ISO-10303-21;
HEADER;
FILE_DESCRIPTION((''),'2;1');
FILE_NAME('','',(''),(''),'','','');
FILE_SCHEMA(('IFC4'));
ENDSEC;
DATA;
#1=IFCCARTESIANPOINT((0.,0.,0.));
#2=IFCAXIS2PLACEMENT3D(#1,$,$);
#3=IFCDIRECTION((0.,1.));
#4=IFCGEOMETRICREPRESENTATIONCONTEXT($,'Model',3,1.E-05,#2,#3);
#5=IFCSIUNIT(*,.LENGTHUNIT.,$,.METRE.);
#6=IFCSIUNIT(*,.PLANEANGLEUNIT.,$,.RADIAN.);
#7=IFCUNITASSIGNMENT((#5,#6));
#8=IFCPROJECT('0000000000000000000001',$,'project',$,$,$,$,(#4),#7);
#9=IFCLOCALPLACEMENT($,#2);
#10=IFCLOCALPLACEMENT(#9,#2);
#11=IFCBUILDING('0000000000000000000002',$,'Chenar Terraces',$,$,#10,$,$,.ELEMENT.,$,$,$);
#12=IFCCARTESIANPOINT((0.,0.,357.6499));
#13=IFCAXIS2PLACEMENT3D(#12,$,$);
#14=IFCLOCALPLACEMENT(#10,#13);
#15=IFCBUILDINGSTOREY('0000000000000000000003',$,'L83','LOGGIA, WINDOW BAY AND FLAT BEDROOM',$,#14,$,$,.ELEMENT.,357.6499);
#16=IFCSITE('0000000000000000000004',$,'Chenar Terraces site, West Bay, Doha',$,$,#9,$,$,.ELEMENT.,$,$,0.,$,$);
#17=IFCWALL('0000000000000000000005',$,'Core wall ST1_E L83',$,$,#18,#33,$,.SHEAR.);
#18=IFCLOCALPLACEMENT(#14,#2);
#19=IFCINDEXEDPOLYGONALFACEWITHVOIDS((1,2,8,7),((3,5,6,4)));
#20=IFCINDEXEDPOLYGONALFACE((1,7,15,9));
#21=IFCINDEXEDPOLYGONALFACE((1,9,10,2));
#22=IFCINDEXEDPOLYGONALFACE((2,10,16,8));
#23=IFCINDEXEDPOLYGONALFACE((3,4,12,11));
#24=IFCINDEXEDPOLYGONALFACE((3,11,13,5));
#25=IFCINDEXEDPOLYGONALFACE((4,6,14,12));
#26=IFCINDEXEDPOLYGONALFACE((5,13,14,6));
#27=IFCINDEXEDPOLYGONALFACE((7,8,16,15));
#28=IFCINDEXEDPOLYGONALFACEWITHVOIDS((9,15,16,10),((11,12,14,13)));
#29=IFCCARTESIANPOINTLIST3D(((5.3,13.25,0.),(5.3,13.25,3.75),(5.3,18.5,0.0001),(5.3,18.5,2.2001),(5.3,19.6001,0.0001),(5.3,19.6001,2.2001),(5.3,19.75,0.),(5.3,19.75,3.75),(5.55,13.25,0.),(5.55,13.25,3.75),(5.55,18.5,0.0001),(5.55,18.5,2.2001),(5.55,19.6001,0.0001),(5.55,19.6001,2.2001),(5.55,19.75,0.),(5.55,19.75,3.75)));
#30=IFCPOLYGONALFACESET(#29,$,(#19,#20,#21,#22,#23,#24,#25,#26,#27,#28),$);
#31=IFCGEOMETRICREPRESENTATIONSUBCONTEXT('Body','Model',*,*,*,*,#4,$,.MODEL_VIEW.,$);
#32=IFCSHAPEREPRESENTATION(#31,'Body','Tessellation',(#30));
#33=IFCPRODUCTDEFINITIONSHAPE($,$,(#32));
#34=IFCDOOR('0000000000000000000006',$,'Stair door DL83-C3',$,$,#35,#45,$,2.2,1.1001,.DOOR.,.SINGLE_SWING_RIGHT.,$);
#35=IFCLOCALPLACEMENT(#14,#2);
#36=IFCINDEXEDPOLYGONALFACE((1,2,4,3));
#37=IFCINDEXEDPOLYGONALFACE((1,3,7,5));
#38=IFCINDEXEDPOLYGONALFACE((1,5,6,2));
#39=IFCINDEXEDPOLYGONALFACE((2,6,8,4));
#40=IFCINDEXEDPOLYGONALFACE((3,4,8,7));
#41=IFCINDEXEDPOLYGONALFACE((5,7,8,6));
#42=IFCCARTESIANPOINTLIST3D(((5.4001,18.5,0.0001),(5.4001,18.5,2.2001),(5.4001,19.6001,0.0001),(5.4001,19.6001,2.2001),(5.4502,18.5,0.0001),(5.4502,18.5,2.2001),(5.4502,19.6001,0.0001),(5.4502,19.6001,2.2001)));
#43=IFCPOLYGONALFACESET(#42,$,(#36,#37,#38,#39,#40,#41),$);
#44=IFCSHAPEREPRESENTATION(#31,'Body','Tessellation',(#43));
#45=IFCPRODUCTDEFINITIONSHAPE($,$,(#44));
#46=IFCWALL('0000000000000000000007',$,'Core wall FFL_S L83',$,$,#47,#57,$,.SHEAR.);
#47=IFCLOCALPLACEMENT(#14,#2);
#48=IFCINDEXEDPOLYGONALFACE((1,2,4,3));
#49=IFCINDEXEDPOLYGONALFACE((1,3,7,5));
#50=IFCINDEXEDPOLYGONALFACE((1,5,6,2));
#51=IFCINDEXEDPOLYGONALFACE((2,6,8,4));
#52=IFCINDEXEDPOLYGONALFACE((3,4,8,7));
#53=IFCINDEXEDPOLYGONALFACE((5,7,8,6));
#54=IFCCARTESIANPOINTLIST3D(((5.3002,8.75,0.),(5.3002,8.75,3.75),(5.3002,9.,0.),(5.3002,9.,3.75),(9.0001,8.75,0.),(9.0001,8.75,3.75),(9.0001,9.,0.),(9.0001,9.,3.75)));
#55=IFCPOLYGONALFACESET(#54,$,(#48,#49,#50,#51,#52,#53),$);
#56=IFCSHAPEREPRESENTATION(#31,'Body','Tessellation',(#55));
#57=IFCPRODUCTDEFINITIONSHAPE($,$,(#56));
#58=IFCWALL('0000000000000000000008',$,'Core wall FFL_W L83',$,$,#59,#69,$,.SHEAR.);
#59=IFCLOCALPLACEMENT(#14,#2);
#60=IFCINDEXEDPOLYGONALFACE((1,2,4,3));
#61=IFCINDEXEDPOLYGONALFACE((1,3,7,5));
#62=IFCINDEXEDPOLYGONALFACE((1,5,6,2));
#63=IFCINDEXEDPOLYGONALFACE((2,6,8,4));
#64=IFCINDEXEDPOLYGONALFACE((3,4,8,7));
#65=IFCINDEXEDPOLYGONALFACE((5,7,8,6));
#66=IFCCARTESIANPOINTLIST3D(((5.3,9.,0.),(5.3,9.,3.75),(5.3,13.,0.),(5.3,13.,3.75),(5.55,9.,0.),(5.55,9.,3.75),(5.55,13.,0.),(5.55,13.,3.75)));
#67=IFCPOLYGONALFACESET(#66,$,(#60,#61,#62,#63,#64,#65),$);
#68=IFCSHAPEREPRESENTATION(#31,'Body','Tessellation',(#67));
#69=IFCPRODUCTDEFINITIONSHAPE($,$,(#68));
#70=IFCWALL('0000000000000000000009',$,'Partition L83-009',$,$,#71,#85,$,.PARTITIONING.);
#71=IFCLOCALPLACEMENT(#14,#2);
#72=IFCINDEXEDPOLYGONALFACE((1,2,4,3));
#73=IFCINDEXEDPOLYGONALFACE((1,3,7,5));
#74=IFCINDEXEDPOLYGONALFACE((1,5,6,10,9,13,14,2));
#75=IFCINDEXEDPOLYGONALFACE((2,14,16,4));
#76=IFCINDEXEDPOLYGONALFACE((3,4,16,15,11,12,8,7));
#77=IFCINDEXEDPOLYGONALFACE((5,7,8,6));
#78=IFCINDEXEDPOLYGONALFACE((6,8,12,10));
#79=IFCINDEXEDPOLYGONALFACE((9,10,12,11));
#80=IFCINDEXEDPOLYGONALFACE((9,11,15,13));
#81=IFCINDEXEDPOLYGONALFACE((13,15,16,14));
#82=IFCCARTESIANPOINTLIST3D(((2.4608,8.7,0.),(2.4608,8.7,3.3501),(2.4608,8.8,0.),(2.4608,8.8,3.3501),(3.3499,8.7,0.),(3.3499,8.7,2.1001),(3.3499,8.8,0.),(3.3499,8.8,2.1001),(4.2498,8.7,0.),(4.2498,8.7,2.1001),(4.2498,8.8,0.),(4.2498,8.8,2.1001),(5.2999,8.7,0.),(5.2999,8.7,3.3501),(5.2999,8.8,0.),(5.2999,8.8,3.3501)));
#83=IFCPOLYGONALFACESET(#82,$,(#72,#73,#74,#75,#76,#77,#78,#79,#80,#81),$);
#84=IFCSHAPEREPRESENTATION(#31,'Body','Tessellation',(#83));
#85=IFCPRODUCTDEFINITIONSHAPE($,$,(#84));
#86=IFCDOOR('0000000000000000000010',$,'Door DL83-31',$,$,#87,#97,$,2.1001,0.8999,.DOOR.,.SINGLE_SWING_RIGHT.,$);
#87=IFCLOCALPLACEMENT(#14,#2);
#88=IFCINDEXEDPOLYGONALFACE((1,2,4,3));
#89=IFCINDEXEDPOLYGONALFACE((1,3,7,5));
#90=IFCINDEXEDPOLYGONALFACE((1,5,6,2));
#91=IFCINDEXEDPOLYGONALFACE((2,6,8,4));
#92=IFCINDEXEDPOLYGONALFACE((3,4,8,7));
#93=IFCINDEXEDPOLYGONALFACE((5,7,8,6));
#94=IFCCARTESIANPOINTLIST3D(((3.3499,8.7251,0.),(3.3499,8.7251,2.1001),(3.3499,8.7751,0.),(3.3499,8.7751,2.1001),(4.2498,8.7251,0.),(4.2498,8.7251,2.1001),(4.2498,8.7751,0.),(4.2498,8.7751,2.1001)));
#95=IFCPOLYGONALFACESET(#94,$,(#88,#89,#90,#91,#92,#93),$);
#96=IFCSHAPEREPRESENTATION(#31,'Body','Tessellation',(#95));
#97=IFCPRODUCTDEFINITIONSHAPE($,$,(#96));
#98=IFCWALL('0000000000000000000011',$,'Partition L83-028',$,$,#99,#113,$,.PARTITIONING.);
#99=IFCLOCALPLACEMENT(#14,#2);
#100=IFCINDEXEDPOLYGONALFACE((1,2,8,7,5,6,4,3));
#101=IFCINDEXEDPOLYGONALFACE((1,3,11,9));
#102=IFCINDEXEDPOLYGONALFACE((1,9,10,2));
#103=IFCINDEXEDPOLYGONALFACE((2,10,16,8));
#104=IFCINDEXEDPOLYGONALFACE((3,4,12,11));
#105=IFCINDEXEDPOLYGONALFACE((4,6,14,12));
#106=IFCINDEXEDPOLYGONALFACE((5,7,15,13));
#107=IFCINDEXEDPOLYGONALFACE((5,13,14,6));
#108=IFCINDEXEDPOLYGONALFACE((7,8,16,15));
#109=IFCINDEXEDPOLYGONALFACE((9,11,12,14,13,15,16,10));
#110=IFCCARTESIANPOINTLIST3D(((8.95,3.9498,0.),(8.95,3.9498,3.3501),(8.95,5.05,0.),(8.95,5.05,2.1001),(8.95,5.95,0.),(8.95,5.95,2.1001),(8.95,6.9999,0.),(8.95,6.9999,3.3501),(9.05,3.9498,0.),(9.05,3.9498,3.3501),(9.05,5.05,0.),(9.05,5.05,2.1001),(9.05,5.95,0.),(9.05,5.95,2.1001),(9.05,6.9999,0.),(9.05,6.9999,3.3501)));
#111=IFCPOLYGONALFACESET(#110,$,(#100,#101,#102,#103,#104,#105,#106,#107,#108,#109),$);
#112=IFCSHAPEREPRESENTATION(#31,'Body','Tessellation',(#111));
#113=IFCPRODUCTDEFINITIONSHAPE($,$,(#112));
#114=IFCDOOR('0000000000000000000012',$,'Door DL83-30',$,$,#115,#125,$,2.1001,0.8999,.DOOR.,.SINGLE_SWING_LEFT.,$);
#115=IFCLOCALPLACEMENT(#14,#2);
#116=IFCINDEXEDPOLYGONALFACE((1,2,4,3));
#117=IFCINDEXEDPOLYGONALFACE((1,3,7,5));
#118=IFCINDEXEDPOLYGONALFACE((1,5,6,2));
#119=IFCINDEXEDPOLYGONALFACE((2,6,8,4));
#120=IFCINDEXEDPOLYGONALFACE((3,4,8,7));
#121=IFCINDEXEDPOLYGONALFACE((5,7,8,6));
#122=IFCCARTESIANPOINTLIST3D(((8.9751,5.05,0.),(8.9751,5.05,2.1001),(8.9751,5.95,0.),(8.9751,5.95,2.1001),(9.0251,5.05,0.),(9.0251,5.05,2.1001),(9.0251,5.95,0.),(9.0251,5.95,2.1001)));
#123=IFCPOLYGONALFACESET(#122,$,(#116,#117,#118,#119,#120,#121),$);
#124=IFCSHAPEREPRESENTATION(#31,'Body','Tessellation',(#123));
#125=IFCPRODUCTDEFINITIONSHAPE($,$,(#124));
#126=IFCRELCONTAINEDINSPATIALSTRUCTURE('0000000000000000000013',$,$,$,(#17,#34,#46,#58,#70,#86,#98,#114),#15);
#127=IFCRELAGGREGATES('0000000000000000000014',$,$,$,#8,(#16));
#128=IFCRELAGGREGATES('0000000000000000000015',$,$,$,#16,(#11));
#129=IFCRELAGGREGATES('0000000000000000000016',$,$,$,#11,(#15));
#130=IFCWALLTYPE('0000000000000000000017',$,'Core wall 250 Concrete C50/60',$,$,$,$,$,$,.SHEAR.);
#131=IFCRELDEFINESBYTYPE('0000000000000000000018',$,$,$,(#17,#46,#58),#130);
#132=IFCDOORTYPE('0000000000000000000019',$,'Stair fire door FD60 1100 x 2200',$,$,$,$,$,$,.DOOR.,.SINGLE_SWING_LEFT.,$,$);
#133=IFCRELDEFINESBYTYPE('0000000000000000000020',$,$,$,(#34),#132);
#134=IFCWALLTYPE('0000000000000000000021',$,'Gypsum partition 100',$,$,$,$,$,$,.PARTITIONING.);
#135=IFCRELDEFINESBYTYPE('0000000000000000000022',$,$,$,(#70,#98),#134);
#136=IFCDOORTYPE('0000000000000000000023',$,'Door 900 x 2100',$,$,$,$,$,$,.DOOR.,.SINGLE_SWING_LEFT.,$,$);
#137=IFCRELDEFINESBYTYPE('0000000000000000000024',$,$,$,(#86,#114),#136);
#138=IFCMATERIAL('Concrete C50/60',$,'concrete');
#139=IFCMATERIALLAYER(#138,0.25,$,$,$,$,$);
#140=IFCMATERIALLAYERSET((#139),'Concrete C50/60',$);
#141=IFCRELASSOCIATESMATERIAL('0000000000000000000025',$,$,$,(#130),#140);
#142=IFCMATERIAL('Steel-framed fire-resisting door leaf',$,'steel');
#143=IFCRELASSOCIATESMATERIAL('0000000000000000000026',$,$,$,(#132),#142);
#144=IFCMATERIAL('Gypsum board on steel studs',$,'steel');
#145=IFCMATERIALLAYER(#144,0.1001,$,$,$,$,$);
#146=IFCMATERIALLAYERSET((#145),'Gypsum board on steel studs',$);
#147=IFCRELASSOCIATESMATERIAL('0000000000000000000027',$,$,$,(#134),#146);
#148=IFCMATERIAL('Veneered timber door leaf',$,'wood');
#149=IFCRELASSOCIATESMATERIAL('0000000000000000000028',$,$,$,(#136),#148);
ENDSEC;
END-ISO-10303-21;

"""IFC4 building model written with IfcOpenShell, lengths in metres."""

from ifc_helpers import new_model, si_unit, direction, frame, frame_2d, origin, place, context, subcontext, project, spatial, rectangle, extrude, material, layer, layer_set, type_object, element, fill, save


model = new_model("IFC4")

# Units and contexts
model_context = context("Model", 3, precision=1e-05, world=origin(), true_north=direction((0.0, 1.0)))
body_context = subcontext(model_context, "Body", "Model", "MODEL_VIEW")
ifc_project = project(units=[si_unit("LENGTHUNIT", "METRE"), si_unit("PLANEANGLEUNIT", "RADIAN")], contexts=[model_context])

# Site, building, storey
site_placement = place(None, origin())
site = spatial("IfcSite", under=ifc_project, at=site_placement, Name="Chenar Terraces site, West Bay, Doha", CompositionType="ELEMENT", RefElevation=0.0)
building_placement = place(site_placement, origin())
building = spatial("IfcBuilding", under=site, at=building_placement, Name="Chenar Terraces", CompositionType="ELEMENT")
storey_placement = place(building_placement, frame((0.0, 0.0, 357.6499)))
storey = spatial("IfcBuildingStorey", under=building, at=storey_placement, Name="L83", Description="LOGGIA, WINDOW BAY AND FLAT BEDROOM", CompositionType="ELEMENT", Elevation=357.6499)

# Shared definitions
ifc_material_1 = material(Name="Concrete C50/60", Category="concrete")
ifc_layer_1 = layer(ifc_material_1, 0.25)
ifc_layer_set_1 = layer_set([ifc_layer_1], Name="Concrete C50/60")
wall_type_1 = type_object("IfcWallType", Name="Core wall 250 Concrete C50/60", PredefinedType="SHEAR", material=ifc_layer_set_1)

# Wall, opening, door
wall_1_placement = place(storey_placement, frame((5.425, 13.25, 0.0), z_axis=(0.0, 0.0, 1.0), x_axis=(0.0, 1.0, 0.0)))
wall_1 = element("IfcWall", 1, at=wall_1_placement, inside=storey, type_object=wall_type_1, Name="Core wall ST1_E L83", PredefinedType="SHEAR", context=body_context, shape_type="SweptSolid", body=[
    extrude(rectangle(XDim=6.5, YDim=0.25, at=frame_2d((3.25, 0.0))), origin(), (0.0, 0.0, 1.0), 3.75),
])
opening_1_placement = place(wall_1_placement, frame((5.25, 0.0, 0.0)))
opening_1 = element("IfcOpeningElement", 2, at=opening_1_placement, cuts=wall_1, PredefinedType="OPENING", context=body_context, shape_type="SweptSolid", body=[
    extrude(rectangle(XDim=1.1001, YDim=2.2, at=frame_2d((0.55, 1.1001))), frame((0.0, 0.135, 0.0), z_axis=(0.0, -1.0, 0.0), x_axis=(1.0, 0.0, 0.0)), (0.0, 0.0, 1.0), 0.27),
])
ifc_material_2 = material(Name="Steel-framed fire-resisting door leaf", Category="steel")
door_type_1 = type_object("IfcDoorType", Name="Stair fire door FD60 1100 x 2200", OperationType="SINGLE_SWING_LEFT", PredefinedType="DOOR", material=ifc_material_2)
door_1_placement = place(opening_1_placement, origin())
door_1 = element("IfcDoor", 3, at=door_1_placement, inside=storey, type_object=door_type_1, Name="Stair door DL83-C3", OperationType="SINGLE_SWING_RIGHT", OverallHeight=2.2, OverallWidth=1.1001, PredefinedType="DOOR", context=body_context, shape_type="SweptSolid", body=[
    extrude(rectangle(XDim=1.1001, YDim=2.2, at=frame_2d((0.55, 1.1001))), frame((0.0, 0.0249, 0.0), z_axis=(0.0, -1.0, 0.0), x_axis=(1.0, 0.0, 0.0)), (0.0, 0.0, 1.0), 0.05),
])
fill(opening_1, door_1)

# Walls
wall_2_placement = place(storey_placement, frame((5.3, 8.875, 0.0), z_axis=(0.0, 0.0, 1.0), x_axis=(1.0, 0.0, 0.0)))
element("IfcWall", 4, at=wall_2_placement, inside=storey, type_object=wall_type_1, Name="Core wall FFL_S L83", PredefinedType="SHEAR", context=body_context, shape_type="SweptSolid", body=[
    extrude(rectangle(XDim=3.7, YDim=0.25, at=frame_2d((1.8501, 0.0))), origin(), (0.0, 0.0, 1.0), 3.75),
])
wall_3_placement = place(storey_placement, frame((5.425, 9.0, 0.0), z_axis=(0.0, 0.0, 1.0), x_axis=(0.0, 1.0, 0.0)))
element("IfcWall", 5, at=wall_3_placement, inside=storey, type_object=wall_type_1, Name="Core wall FFL_W L83", PredefinedType="SHEAR", context=body_context, shape_type="SweptSolid", body=[
    extrude(rectangle(XDim=4.0, YDim=0.25, at=frame_2d((2.0, 0.0))), origin(), (0.0, 0.0, 1.0), 3.75),
])

# Walls, openings, doors
ifc_material_3 = material(Name="Gypsum board on steel studs", Category="steel")
ifc_layer_2 = layer(ifc_material_3, 0.1001)
ifc_layer_set_2 = layer_set([ifc_layer_2], Name="Gypsum board on steel studs")
wall_type_2 = type_object("IfcWallType", Name="Gypsum partition 100", PredefinedType="PARTITIONING", material=ifc_layer_set_2)
wall_4_placement = place(storey_placement, frame((2.4609, 8.75, 0.0), z_axis=(0.0, 0.0, 1.0), x_axis=(1.0, 0.0, 0.0)))
wall_4 = element("IfcWall", 6, at=wall_4_placement, inside=storey, type_object=wall_type_2, Name="Partition L83-009", PredefinedType="PARTITIONING", context=body_context, shape_type="SweptSolid", body=[
    extrude(rectangle(XDim=2.8391, YDim=0.1001, at=frame_2d((1.4194, 0.0))), origin(), (0.0, 0.0, 1.0), 3.3501),
])
opening_2_placement = place(wall_4_placement, frame((0.8889, 0.0, 0.0)))
opening_2 = element("IfcOpeningElement", 7, at=opening_2_placement, cuts=wall_4, PredefinedType="OPENING", context=body_context, shape_type="SweptSolid", body=[
    extrude(rectangle(XDim=0.8999, YDim=2.1001, at=frame_2d((0.45, 1.05))), frame((0.0, 0.0601, 0.0), z_axis=(0.0, -1.0, 0.0), x_axis=(1.0, 0.0, 0.0)), (0.0, 0.0, 1.0), 0.1201),
])
ifc_material_4 = material(Name="Veneered timber door leaf", Category="wood")
door_type_2 = type_object("IfcDoorType", Name="Door 900 x 2100", OperationType="SINGLE_SWING_LEFT", PredefinedType="DOOR", material=ifc_material_4)
door_2_placement = place(opening_2_placement, frame((0.8999, 0.0, 0.0), z_axis=(0.0, 0.0, 1.0), x_axis=(-1.0, 0.0, 0.0)))
door_2 = element("IfcDoor", 8, at=door_2_placement, inside=storey, type_object=door_type_2, Name="Door DL83-31", OperationType="SINGLE_SWING_RIGHT", OverallHeight=2.1001, OverallWidth=0.8999, PredefinedType="DOOR", context=body_context, shape_type="SweptSolid", body=[
    extrude(rectangle(XDim=0.8999, YDim=2.1001, at=frame_2d((0.45, 1.05))), frame((0.0, 0.0249, 0.0), z_axis=(0.0, -1.0, 0.0), x_axis=(1.0, 0.0, 0.0)), (0.0, 0.0, 1.0), 0.05),
])
fill(opening_2, door_2)
wall_5_placement = place(storey_placement, frame((9.0, 3.95, 0.0), z_axis=(0.0, 0.0, 1.0), x_axis=(0.0, 1.0, 0.0)))
wall_5 = element("IfcWall", 9, at=wall_5_placement, inside=storey, type_object=wall_type_2, Name="Partition L83-028", PredefinedType="PARTITIONING", context=body_context, shape_type="SweptSolid", body=[
    extrude(rectangle(XDim=3.05, YDim=0.1001, at=frame_2d((1.5249, 0.0))), origin(), (0.0, 0.0, 1.0), 3.3501),
])
opening_3_placement = place(wall_5_placement, frame((1.1001, 0.0, 0.0)))
opening_3 = element("IfcOpeningElement", 10, at=opening_3_placement, cuts=wall_5, PredefinedType="OPENING", context=body_context, shape_type="SweptSolid", body=[
    extrude(rectangle(XDim=0.8999, YDim=2.1001, at=frame_2d((0.45, 1.05))), frame((0.0, 0.0601, 0.0), z_axis=(0.0, -1.0, 0.0), x_axis=(1.0, 0.0, 0.0)), (0.0, 0.0, 1.0), 0.1201),
])
door_3_placement = place(opening_3_placement, origin())
door_3 = element("IfcDoor", 11, at=door_3_placement, inside=storey, type_object=door_type_2, Name="Door DL83-30", OperationType="SINGLE_SWING_LEFT", OverallHeight=2.1001, OverallWidth=0.8999, PredefinedType="DOOR", context=body_context, shape_type="SweptSolid", body=[
    extrude(rectangle(XDim=0.8999, YDim=2.1001, at=frame_2d((0.45, 1.05))), frame((0.0, 0.0249, 0.0), z_axis=(0.0, -1.0, 0.0), x_axis=(1.0, 0.0, 0.0)), (0.0, 0.0, 1.0), 0.05),
])
fill(opening_3, door_3)

save(model, "model.ifc")
